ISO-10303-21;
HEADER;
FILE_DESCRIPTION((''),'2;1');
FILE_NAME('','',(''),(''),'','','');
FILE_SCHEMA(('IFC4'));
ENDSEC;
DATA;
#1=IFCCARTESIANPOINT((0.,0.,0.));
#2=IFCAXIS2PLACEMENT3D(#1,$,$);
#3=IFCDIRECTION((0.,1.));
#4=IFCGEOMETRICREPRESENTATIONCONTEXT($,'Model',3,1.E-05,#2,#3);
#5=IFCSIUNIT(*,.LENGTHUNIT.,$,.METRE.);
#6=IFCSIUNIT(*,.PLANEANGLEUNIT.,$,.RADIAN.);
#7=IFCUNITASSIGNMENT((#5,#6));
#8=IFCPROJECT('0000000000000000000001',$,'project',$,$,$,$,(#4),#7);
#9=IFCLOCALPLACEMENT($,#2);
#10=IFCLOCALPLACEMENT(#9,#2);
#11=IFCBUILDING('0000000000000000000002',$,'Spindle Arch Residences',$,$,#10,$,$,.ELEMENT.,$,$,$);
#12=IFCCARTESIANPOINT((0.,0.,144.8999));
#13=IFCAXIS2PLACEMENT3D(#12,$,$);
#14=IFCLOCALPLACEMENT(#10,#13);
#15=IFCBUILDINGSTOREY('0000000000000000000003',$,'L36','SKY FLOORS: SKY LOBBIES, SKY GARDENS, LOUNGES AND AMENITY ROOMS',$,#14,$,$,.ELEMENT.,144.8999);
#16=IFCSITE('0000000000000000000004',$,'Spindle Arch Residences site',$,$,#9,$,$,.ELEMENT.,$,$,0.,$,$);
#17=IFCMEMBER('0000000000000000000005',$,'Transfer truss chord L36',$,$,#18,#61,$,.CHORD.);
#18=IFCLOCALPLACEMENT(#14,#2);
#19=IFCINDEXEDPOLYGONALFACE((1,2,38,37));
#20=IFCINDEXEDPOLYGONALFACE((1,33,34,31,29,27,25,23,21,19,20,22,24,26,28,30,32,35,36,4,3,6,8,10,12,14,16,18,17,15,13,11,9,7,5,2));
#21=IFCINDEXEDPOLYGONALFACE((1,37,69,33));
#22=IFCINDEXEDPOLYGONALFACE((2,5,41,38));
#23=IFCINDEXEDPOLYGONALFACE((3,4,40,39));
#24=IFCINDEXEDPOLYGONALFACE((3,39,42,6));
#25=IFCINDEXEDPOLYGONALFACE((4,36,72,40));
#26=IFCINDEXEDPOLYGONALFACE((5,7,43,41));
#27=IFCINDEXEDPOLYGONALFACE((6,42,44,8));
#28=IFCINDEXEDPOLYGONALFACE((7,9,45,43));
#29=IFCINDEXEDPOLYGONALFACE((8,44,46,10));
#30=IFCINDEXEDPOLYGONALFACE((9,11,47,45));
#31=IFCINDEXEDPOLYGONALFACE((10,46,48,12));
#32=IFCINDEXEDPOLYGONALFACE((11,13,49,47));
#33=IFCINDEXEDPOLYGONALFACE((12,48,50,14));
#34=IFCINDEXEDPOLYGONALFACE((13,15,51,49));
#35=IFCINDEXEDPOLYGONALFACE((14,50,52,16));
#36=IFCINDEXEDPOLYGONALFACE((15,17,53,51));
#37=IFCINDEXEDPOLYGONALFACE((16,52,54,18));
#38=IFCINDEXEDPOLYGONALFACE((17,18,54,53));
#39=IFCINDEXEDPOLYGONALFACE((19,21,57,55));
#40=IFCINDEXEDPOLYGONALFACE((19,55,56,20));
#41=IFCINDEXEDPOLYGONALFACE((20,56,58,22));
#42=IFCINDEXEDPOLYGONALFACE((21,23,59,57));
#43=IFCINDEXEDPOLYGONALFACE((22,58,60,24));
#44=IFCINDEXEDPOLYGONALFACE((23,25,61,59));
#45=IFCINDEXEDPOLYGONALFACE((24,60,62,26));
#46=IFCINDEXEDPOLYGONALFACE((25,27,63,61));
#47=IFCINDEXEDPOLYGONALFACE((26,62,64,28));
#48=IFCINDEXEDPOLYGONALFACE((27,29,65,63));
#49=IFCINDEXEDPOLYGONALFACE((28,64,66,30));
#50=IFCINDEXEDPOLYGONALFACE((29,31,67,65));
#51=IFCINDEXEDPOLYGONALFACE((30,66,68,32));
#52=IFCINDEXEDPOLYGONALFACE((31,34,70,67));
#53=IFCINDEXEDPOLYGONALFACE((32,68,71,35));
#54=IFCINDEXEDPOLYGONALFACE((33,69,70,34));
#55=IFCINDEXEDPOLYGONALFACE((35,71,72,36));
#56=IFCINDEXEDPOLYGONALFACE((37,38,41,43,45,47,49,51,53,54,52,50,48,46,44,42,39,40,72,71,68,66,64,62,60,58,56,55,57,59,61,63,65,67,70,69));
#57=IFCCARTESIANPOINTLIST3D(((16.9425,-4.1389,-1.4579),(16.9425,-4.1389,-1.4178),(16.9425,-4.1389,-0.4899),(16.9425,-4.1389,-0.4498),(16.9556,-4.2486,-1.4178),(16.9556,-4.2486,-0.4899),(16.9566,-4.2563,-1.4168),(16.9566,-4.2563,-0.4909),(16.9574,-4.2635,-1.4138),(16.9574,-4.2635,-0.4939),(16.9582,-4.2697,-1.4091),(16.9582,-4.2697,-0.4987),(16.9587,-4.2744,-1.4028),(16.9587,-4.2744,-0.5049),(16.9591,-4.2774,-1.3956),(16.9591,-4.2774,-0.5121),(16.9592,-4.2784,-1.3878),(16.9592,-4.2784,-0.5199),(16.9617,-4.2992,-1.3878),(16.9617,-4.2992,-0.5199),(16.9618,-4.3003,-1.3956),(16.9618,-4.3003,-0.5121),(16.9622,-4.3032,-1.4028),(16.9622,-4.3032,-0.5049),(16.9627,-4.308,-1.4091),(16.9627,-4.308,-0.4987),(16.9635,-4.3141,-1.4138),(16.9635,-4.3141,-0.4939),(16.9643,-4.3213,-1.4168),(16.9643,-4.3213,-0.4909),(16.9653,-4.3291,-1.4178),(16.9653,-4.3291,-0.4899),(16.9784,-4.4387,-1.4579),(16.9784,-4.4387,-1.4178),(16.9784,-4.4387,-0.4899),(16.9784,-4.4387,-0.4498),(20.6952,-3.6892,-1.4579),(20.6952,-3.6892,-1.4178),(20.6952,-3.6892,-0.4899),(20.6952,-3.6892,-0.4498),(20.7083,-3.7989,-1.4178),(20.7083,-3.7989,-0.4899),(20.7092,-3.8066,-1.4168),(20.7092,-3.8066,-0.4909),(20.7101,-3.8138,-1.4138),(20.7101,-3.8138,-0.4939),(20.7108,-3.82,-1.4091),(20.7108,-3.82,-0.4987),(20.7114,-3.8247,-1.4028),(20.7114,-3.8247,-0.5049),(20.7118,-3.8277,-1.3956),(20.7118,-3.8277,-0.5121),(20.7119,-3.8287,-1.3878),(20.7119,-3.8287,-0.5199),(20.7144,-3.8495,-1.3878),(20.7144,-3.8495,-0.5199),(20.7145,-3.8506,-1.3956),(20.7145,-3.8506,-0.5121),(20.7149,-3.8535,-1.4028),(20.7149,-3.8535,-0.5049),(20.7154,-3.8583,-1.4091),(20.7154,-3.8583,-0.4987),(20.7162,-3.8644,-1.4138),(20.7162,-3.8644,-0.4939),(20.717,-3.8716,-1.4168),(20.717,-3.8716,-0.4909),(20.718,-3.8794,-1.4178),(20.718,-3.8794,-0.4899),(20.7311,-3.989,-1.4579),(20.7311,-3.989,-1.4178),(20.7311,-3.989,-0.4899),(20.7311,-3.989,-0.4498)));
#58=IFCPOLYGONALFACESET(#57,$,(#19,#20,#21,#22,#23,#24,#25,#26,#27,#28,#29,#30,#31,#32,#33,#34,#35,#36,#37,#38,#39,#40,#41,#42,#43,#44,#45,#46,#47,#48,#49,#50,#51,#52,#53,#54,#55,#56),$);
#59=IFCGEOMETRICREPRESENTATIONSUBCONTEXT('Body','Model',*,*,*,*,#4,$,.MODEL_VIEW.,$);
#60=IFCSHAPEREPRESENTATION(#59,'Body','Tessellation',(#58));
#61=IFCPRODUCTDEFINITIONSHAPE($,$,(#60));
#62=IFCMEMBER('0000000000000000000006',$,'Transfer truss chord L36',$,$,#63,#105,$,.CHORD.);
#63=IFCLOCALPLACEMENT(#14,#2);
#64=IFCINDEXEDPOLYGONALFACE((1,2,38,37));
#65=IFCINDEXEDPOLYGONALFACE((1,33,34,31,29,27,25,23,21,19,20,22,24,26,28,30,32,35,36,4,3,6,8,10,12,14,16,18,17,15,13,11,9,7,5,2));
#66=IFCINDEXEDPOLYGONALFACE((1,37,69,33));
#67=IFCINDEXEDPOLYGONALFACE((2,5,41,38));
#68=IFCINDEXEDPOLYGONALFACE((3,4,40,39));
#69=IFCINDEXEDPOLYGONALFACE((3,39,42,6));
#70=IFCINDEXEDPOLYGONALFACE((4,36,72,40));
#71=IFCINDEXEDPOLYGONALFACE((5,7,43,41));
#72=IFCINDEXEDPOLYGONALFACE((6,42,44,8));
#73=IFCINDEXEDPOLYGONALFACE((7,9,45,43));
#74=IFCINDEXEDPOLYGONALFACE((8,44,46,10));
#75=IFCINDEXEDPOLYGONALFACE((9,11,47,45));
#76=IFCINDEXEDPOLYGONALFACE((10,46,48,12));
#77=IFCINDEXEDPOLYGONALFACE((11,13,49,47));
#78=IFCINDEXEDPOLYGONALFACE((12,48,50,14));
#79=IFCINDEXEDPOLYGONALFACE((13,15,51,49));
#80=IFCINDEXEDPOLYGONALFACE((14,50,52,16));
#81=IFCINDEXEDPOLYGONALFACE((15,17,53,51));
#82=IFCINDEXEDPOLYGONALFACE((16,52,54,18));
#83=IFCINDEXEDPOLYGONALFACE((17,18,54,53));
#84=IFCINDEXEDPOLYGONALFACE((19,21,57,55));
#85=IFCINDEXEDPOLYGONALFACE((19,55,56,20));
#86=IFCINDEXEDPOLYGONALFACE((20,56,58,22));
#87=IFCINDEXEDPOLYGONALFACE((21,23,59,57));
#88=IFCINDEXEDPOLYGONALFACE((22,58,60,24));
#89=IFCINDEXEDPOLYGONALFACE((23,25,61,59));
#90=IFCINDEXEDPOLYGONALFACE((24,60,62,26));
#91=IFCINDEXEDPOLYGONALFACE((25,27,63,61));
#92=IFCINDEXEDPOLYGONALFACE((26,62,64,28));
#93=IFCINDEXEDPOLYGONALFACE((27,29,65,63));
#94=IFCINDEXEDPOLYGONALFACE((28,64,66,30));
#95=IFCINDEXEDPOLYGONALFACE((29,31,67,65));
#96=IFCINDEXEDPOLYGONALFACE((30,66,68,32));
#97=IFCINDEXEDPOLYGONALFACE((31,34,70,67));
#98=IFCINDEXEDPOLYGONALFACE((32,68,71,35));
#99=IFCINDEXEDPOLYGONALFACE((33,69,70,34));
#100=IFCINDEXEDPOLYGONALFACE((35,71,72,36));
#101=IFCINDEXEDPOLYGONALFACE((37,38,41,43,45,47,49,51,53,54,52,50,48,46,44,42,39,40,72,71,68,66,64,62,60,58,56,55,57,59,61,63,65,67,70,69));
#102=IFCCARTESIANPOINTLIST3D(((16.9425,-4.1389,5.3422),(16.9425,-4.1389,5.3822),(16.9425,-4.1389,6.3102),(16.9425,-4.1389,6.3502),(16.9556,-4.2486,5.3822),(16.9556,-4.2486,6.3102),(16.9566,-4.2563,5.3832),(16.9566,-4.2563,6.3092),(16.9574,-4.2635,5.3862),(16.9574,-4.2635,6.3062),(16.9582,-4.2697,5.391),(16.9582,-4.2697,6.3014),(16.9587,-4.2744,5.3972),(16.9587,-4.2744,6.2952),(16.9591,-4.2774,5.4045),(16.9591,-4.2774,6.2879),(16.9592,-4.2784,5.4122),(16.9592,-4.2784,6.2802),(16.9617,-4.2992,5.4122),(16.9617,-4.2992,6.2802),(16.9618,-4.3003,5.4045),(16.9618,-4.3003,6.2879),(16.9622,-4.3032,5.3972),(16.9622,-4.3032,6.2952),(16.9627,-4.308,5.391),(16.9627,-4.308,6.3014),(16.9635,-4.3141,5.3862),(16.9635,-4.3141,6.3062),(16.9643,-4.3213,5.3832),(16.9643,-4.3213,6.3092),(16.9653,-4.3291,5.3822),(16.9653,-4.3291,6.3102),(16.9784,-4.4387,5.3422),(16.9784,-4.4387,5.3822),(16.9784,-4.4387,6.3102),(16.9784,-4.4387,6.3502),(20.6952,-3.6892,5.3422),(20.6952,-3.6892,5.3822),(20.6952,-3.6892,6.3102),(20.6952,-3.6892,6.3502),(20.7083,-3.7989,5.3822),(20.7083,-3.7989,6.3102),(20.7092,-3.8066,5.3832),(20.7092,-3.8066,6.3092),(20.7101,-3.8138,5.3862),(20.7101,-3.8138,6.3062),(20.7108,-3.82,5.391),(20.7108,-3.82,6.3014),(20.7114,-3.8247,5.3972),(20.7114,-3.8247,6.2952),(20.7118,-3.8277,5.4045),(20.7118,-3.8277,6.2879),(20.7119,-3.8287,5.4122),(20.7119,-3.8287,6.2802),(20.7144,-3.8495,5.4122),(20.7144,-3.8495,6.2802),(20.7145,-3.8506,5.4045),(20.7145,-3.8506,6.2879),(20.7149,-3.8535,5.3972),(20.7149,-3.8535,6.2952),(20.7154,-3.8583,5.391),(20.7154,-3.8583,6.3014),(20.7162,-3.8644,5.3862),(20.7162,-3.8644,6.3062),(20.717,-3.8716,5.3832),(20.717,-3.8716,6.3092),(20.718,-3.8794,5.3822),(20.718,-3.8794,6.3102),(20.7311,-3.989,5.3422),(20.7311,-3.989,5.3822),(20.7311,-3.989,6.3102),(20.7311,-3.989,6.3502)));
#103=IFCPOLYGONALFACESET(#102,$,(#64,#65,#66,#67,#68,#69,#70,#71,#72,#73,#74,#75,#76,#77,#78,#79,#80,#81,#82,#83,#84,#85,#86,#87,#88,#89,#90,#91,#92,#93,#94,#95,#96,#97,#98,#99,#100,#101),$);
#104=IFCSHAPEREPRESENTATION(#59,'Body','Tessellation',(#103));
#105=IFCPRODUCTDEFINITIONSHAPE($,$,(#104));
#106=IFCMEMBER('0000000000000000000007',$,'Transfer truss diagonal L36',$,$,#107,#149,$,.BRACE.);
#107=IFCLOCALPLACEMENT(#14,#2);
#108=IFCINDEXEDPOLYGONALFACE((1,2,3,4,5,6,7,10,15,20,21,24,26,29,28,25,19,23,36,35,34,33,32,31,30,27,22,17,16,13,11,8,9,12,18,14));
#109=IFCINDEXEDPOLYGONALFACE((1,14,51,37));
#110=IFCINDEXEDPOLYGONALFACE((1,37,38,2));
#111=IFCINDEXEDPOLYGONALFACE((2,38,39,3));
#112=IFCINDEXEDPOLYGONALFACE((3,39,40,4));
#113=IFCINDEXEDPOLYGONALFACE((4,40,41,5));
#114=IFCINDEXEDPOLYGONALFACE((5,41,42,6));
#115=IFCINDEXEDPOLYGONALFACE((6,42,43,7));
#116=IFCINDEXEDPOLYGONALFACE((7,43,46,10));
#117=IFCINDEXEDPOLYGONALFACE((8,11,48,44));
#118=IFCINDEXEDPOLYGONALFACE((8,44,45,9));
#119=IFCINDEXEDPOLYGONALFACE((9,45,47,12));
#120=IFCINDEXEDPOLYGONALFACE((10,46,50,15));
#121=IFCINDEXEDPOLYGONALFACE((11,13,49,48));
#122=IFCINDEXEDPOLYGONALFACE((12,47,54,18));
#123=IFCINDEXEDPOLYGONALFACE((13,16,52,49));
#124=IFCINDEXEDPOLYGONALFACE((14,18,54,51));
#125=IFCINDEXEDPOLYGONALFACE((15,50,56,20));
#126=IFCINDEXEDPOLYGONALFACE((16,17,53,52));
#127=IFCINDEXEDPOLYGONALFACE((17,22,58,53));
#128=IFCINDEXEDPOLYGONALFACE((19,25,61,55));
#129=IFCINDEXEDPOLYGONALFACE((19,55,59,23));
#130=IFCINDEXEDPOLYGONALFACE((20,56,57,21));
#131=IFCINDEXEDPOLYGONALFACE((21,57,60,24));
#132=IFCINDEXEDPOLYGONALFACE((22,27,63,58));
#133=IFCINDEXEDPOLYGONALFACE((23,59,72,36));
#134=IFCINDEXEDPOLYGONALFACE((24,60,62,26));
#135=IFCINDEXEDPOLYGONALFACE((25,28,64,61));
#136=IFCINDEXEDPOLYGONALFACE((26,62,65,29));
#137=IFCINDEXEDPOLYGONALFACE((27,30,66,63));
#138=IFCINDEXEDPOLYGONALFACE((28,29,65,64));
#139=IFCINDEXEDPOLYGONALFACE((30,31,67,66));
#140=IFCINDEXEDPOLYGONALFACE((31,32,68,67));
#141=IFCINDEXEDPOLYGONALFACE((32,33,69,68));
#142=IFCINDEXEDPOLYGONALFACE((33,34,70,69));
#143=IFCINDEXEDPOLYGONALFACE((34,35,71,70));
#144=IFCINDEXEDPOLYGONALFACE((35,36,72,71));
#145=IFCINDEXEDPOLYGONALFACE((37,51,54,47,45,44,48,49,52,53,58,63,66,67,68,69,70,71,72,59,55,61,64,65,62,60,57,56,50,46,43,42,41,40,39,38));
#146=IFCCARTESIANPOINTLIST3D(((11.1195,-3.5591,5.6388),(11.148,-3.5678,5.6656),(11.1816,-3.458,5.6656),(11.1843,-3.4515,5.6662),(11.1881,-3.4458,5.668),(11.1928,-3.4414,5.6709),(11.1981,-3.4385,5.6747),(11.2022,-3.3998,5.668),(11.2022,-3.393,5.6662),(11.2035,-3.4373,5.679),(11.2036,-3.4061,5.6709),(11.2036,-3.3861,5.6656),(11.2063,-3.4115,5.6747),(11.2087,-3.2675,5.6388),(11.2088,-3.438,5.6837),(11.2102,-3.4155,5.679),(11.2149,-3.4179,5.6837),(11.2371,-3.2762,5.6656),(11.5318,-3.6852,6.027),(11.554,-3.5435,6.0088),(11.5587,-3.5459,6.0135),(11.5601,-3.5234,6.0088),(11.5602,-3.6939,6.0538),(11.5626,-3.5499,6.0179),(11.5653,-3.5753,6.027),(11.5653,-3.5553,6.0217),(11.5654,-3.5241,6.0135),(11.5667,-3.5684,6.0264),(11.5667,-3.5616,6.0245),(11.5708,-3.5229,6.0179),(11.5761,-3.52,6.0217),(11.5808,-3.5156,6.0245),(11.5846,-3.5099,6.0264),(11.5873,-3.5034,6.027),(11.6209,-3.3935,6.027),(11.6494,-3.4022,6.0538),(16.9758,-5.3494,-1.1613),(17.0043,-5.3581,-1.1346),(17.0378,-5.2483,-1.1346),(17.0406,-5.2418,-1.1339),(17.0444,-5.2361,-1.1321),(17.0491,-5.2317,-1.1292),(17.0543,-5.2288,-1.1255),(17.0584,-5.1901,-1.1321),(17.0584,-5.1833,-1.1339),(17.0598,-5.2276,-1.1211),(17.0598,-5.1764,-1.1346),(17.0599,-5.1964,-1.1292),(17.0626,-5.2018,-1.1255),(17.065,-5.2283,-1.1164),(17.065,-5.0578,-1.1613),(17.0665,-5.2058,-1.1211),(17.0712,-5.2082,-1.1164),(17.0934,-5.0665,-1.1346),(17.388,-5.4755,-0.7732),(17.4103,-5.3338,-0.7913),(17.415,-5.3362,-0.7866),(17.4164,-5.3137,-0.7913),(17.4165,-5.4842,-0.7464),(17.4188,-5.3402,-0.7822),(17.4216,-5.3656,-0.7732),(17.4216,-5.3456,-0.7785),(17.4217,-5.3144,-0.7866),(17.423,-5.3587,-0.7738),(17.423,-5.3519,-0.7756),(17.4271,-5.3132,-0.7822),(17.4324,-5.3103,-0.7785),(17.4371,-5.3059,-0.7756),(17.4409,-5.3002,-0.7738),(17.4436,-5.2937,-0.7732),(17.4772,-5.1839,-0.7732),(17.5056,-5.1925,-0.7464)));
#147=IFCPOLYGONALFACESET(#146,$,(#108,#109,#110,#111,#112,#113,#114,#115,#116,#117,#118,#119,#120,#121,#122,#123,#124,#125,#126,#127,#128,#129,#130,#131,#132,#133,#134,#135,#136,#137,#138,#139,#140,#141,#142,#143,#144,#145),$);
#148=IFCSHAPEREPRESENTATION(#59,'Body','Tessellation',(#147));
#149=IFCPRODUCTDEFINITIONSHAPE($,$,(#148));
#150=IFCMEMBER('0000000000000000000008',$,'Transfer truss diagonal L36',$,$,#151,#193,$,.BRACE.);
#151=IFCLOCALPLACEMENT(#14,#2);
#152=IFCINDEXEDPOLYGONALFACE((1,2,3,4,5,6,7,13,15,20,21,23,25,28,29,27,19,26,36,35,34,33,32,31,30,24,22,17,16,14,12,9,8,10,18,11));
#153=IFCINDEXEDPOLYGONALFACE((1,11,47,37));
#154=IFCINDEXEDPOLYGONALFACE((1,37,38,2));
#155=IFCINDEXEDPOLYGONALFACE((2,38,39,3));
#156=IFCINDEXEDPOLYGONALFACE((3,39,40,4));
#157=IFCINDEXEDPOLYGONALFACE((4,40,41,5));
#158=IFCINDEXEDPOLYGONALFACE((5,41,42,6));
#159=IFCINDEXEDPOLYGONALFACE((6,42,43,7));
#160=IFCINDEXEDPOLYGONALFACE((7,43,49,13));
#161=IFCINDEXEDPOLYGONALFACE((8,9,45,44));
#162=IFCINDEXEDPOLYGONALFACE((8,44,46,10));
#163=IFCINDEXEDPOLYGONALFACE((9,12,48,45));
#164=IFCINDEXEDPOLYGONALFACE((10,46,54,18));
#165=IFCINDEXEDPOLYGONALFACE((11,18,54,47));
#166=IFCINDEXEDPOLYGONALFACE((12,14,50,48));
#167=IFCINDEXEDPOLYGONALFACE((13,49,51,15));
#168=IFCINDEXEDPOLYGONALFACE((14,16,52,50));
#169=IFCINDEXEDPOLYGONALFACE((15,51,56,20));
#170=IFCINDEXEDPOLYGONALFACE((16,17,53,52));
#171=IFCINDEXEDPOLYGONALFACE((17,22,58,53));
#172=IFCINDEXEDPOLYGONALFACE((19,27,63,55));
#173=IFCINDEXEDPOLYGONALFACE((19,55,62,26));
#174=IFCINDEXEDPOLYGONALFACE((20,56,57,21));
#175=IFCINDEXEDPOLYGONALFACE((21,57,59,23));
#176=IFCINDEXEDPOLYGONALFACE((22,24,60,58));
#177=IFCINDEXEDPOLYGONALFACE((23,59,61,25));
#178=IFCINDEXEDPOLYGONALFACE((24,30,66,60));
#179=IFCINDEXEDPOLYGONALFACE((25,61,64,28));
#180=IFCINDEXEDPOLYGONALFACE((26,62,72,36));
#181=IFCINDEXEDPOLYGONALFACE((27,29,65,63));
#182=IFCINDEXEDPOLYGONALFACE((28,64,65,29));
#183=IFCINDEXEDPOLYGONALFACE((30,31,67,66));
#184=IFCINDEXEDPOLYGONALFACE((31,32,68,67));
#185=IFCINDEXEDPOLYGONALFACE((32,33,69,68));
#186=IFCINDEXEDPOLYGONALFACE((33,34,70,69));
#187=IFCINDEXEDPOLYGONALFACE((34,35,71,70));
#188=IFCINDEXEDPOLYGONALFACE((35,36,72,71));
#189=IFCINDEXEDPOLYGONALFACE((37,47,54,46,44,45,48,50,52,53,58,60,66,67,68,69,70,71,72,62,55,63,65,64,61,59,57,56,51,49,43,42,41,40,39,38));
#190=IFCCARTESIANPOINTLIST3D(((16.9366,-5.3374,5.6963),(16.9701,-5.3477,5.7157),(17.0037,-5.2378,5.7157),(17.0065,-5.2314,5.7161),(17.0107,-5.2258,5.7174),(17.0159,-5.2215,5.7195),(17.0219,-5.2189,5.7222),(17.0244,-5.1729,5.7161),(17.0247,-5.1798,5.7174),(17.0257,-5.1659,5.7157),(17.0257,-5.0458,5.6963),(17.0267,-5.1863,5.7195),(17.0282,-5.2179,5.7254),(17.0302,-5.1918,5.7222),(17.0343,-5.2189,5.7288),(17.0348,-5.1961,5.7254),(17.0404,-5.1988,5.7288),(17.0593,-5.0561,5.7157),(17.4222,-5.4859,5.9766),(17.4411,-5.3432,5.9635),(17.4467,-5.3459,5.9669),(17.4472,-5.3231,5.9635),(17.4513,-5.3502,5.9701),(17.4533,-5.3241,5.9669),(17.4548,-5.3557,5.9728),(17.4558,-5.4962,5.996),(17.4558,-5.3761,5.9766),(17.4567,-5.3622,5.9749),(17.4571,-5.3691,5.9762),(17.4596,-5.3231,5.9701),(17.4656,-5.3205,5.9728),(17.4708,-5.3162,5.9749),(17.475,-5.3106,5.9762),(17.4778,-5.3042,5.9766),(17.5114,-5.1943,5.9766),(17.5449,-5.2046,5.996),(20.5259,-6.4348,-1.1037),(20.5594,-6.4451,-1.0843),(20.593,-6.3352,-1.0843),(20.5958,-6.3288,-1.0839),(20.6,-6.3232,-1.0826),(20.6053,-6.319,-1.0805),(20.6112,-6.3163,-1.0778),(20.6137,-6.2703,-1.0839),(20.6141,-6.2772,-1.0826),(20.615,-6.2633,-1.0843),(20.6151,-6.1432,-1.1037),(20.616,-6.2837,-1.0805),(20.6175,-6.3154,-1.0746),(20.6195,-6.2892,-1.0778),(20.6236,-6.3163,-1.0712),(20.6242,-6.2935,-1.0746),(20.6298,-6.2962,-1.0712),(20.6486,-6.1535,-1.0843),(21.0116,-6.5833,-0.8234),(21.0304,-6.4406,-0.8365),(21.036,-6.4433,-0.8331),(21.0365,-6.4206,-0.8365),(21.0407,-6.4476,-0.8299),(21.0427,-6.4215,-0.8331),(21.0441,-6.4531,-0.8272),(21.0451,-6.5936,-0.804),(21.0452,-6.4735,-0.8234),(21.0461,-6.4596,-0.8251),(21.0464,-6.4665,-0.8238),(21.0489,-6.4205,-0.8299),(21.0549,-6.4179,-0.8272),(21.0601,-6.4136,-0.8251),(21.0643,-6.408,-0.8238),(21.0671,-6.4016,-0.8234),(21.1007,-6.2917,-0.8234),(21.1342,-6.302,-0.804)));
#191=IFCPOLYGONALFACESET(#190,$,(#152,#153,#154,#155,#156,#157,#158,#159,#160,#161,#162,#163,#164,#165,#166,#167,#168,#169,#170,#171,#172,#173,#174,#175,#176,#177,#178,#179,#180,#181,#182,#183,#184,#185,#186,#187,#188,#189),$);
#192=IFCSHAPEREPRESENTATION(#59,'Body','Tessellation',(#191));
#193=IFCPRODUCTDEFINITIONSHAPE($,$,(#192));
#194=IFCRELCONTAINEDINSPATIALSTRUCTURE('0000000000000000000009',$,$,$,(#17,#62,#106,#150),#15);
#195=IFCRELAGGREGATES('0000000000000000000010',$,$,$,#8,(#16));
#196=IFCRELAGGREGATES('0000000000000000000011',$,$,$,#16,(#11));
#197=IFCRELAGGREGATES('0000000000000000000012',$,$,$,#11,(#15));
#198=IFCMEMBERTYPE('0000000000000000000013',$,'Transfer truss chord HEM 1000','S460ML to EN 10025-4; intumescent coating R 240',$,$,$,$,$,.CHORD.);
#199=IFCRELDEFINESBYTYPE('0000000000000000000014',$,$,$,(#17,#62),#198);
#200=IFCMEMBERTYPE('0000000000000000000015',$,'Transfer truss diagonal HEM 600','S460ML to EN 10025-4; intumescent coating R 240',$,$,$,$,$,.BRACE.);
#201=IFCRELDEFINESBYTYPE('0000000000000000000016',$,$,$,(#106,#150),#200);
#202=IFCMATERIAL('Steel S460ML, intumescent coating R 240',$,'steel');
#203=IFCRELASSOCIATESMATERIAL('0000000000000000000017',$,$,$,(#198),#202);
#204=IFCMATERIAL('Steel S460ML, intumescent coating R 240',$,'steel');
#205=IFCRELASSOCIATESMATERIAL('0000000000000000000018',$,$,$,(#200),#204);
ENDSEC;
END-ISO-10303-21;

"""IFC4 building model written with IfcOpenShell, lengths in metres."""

from ifc_helpers import new_model, si_unit, direction, frame, origin, origin_2d, place, context, subcontext, project, spatial, i_section, extrude, material, material_profile, profile_set, type_object, element, save


model = new_model("IFC4")

# Units and contexts
model_context = context("Model", 3, precision=1e-05, world=origin(), true_north=direction((0.0, 1.0)))
body_context = subcontext(model_context, "Body", "Model", "MODEL_VIEW")
ifc_project = project(units=[si_unit("LENGTHUNIT", "METRE"), si_unit("PLANEANGLEUNIT", "RADIAN")], contexts=[model_context])

# Site, building, storey
site_placement = place(None, origin())
site = spatial("IfcSite", under=ifc_project, at=site_placement, Name="Spindle Arch Residences site", CompositionType="ELEMENT", RefElevation=0.0)
building_placement = place(site_placement, origin())
building = spatial("IfcBuilding", under=site, at=building_placement, Name="Spindle Arch Residences", CompositionType="ELEMENT")
storey_placement = place(building_placement, frame((0.0, 0.0, 144.8999)))
storey = spatial("IfcBuildingStorey", under=building, at=storey_placement, Name="L36", Description="SKY FLOORS: SKY LOBBIES, SKY GARDENS, LOUNGES AND AMENITY ROOMS", CompositionType="ELEMENT", Elevation=144.8999)

# Members
ifc_material_1 = material(Name="Steel S460ML, intumescent coating R 240", Category="steel")
ifc_material_profile_1 = material_profile(ifc_material_1, i_section(OverallWidth=0.302, OverallDepth=1.0081, WebThickness=0.021, FlangeThickness=0.04, FilletRadius=0.03, at=origin_2d()), Name="HEM 1000")
ifc_profile_set_1 = profile_set([ifc_material_profile_1], Name="Steel S460ML, intumescent coating R 240")
member_type_1 = type_object("IfcMemberType", Name="Transfer truss chord HEM 1000", Description="S460ML to EN 10025-4; intumescent coating R 240", PredefinedType="CHORD", material=ifc_profile_set_1)
for number, where, z_axis, x_axis, name in (
    (1, (16.9604, -4.2888, -0.9539), (0.992896, 0.118985, 0.0), (-0.118985, 0.992896, 0.0), "Transfer truss chord L36"),
    (2, (16.9604, -4.2888, 5.8462), (0.992896, 0.118985, 0.0), (-0.118985, 0.992896, 0.0), "Transfer truss chord L36"),
):
    element("IfcMember", number, at=place(storey_placement, frame(where, z_axis=z_axis, x_axis=x_axis)), inside=storey, type_object=member_type_1, Name=name, PredefinedType="CHORD", context=body_context, shape_type="SweptSolid", body=[
        extrude(i_section(OverallWidth=0.302, OverallDepth=1.0081, WebThickness=0.021, FlangeThickness=0.04, FilletRadius=0.03, at=origin_2d()), origin(), (0.0, 0.0, 1.0), 3.7795),
    ])
ifc_material_2 = material(Name="Steel S460ML, intumescent coating R 240", Category="steel")
ifc_material_profile_2 = material_profile(ifc_material_2, i_section(OverallWidth=0.3049, OverallDepth=0.6201, WebThickness=0.021, FlangeThickness=0.04, FilletRadius=0.0271, at=origin_2d()), Name="HEM 600")
ifc_profile_set_2 = profile_set([ifc_material_profile_2], Name="Steel S460ML, intumescent coating R 240")
member_type_2 = type_object("IfcMemberType", Name="Transfer truss diagonal HEM 600", Description="S460ML to EN 10025-4; intumescent coating R 240", PredefinedType="BRACE", material=ifc_profile_set_2)
member_1_placement = place(storey_placement, frame((17.2407, -5.271, -0.9539), z_axis=(-0.639952, 0.195638, 0.743093), x_axis=(-0.292351, -0.956311, 0.0)))
element("IfcMember", 3, at=member_1_placement, inside=storey, type_object=member_type_2, Name="Transfer truss diagonal L36", PredefinedType="BRACE", context=body_context, shape_type="SweptSolid", body=[
    extrude(i_section(OverallWidth=0.3049, OverallDepth=0.6201, WebThickness=0.021, FlangeThickness=0.04, FilletRadius=0.0271, at=origin_2d()), origin(), (0.0, 0.0, 1.0), 9.1511),
])
member_2_placement = place(storey_placement, frame((20.8301, -6.3684, -0.9539), z_axis=(-0.462121, 0.141289, 0.87549), x_axis=(-0.29238, -0.956302, 0.0)))
element("IfcMember", 4, at=member_2_placement, inside=storey, type_object=member_type_2, Name="Transfer truss diagonal L36", PredefinedType="BRACE", context=body_context, shape_type="SweptSolid", body=[
    extrude(i_section(OverallWidth=0.3049, OverallDepth=0.6201, WebThickness=0.021, FlangeThickness=0.04, FilletRadius=0.0271, at=origin_2d()), origin(), (0.0, 0.0, 1.0), 7.7671),
])

save(model, "model.ifc")
